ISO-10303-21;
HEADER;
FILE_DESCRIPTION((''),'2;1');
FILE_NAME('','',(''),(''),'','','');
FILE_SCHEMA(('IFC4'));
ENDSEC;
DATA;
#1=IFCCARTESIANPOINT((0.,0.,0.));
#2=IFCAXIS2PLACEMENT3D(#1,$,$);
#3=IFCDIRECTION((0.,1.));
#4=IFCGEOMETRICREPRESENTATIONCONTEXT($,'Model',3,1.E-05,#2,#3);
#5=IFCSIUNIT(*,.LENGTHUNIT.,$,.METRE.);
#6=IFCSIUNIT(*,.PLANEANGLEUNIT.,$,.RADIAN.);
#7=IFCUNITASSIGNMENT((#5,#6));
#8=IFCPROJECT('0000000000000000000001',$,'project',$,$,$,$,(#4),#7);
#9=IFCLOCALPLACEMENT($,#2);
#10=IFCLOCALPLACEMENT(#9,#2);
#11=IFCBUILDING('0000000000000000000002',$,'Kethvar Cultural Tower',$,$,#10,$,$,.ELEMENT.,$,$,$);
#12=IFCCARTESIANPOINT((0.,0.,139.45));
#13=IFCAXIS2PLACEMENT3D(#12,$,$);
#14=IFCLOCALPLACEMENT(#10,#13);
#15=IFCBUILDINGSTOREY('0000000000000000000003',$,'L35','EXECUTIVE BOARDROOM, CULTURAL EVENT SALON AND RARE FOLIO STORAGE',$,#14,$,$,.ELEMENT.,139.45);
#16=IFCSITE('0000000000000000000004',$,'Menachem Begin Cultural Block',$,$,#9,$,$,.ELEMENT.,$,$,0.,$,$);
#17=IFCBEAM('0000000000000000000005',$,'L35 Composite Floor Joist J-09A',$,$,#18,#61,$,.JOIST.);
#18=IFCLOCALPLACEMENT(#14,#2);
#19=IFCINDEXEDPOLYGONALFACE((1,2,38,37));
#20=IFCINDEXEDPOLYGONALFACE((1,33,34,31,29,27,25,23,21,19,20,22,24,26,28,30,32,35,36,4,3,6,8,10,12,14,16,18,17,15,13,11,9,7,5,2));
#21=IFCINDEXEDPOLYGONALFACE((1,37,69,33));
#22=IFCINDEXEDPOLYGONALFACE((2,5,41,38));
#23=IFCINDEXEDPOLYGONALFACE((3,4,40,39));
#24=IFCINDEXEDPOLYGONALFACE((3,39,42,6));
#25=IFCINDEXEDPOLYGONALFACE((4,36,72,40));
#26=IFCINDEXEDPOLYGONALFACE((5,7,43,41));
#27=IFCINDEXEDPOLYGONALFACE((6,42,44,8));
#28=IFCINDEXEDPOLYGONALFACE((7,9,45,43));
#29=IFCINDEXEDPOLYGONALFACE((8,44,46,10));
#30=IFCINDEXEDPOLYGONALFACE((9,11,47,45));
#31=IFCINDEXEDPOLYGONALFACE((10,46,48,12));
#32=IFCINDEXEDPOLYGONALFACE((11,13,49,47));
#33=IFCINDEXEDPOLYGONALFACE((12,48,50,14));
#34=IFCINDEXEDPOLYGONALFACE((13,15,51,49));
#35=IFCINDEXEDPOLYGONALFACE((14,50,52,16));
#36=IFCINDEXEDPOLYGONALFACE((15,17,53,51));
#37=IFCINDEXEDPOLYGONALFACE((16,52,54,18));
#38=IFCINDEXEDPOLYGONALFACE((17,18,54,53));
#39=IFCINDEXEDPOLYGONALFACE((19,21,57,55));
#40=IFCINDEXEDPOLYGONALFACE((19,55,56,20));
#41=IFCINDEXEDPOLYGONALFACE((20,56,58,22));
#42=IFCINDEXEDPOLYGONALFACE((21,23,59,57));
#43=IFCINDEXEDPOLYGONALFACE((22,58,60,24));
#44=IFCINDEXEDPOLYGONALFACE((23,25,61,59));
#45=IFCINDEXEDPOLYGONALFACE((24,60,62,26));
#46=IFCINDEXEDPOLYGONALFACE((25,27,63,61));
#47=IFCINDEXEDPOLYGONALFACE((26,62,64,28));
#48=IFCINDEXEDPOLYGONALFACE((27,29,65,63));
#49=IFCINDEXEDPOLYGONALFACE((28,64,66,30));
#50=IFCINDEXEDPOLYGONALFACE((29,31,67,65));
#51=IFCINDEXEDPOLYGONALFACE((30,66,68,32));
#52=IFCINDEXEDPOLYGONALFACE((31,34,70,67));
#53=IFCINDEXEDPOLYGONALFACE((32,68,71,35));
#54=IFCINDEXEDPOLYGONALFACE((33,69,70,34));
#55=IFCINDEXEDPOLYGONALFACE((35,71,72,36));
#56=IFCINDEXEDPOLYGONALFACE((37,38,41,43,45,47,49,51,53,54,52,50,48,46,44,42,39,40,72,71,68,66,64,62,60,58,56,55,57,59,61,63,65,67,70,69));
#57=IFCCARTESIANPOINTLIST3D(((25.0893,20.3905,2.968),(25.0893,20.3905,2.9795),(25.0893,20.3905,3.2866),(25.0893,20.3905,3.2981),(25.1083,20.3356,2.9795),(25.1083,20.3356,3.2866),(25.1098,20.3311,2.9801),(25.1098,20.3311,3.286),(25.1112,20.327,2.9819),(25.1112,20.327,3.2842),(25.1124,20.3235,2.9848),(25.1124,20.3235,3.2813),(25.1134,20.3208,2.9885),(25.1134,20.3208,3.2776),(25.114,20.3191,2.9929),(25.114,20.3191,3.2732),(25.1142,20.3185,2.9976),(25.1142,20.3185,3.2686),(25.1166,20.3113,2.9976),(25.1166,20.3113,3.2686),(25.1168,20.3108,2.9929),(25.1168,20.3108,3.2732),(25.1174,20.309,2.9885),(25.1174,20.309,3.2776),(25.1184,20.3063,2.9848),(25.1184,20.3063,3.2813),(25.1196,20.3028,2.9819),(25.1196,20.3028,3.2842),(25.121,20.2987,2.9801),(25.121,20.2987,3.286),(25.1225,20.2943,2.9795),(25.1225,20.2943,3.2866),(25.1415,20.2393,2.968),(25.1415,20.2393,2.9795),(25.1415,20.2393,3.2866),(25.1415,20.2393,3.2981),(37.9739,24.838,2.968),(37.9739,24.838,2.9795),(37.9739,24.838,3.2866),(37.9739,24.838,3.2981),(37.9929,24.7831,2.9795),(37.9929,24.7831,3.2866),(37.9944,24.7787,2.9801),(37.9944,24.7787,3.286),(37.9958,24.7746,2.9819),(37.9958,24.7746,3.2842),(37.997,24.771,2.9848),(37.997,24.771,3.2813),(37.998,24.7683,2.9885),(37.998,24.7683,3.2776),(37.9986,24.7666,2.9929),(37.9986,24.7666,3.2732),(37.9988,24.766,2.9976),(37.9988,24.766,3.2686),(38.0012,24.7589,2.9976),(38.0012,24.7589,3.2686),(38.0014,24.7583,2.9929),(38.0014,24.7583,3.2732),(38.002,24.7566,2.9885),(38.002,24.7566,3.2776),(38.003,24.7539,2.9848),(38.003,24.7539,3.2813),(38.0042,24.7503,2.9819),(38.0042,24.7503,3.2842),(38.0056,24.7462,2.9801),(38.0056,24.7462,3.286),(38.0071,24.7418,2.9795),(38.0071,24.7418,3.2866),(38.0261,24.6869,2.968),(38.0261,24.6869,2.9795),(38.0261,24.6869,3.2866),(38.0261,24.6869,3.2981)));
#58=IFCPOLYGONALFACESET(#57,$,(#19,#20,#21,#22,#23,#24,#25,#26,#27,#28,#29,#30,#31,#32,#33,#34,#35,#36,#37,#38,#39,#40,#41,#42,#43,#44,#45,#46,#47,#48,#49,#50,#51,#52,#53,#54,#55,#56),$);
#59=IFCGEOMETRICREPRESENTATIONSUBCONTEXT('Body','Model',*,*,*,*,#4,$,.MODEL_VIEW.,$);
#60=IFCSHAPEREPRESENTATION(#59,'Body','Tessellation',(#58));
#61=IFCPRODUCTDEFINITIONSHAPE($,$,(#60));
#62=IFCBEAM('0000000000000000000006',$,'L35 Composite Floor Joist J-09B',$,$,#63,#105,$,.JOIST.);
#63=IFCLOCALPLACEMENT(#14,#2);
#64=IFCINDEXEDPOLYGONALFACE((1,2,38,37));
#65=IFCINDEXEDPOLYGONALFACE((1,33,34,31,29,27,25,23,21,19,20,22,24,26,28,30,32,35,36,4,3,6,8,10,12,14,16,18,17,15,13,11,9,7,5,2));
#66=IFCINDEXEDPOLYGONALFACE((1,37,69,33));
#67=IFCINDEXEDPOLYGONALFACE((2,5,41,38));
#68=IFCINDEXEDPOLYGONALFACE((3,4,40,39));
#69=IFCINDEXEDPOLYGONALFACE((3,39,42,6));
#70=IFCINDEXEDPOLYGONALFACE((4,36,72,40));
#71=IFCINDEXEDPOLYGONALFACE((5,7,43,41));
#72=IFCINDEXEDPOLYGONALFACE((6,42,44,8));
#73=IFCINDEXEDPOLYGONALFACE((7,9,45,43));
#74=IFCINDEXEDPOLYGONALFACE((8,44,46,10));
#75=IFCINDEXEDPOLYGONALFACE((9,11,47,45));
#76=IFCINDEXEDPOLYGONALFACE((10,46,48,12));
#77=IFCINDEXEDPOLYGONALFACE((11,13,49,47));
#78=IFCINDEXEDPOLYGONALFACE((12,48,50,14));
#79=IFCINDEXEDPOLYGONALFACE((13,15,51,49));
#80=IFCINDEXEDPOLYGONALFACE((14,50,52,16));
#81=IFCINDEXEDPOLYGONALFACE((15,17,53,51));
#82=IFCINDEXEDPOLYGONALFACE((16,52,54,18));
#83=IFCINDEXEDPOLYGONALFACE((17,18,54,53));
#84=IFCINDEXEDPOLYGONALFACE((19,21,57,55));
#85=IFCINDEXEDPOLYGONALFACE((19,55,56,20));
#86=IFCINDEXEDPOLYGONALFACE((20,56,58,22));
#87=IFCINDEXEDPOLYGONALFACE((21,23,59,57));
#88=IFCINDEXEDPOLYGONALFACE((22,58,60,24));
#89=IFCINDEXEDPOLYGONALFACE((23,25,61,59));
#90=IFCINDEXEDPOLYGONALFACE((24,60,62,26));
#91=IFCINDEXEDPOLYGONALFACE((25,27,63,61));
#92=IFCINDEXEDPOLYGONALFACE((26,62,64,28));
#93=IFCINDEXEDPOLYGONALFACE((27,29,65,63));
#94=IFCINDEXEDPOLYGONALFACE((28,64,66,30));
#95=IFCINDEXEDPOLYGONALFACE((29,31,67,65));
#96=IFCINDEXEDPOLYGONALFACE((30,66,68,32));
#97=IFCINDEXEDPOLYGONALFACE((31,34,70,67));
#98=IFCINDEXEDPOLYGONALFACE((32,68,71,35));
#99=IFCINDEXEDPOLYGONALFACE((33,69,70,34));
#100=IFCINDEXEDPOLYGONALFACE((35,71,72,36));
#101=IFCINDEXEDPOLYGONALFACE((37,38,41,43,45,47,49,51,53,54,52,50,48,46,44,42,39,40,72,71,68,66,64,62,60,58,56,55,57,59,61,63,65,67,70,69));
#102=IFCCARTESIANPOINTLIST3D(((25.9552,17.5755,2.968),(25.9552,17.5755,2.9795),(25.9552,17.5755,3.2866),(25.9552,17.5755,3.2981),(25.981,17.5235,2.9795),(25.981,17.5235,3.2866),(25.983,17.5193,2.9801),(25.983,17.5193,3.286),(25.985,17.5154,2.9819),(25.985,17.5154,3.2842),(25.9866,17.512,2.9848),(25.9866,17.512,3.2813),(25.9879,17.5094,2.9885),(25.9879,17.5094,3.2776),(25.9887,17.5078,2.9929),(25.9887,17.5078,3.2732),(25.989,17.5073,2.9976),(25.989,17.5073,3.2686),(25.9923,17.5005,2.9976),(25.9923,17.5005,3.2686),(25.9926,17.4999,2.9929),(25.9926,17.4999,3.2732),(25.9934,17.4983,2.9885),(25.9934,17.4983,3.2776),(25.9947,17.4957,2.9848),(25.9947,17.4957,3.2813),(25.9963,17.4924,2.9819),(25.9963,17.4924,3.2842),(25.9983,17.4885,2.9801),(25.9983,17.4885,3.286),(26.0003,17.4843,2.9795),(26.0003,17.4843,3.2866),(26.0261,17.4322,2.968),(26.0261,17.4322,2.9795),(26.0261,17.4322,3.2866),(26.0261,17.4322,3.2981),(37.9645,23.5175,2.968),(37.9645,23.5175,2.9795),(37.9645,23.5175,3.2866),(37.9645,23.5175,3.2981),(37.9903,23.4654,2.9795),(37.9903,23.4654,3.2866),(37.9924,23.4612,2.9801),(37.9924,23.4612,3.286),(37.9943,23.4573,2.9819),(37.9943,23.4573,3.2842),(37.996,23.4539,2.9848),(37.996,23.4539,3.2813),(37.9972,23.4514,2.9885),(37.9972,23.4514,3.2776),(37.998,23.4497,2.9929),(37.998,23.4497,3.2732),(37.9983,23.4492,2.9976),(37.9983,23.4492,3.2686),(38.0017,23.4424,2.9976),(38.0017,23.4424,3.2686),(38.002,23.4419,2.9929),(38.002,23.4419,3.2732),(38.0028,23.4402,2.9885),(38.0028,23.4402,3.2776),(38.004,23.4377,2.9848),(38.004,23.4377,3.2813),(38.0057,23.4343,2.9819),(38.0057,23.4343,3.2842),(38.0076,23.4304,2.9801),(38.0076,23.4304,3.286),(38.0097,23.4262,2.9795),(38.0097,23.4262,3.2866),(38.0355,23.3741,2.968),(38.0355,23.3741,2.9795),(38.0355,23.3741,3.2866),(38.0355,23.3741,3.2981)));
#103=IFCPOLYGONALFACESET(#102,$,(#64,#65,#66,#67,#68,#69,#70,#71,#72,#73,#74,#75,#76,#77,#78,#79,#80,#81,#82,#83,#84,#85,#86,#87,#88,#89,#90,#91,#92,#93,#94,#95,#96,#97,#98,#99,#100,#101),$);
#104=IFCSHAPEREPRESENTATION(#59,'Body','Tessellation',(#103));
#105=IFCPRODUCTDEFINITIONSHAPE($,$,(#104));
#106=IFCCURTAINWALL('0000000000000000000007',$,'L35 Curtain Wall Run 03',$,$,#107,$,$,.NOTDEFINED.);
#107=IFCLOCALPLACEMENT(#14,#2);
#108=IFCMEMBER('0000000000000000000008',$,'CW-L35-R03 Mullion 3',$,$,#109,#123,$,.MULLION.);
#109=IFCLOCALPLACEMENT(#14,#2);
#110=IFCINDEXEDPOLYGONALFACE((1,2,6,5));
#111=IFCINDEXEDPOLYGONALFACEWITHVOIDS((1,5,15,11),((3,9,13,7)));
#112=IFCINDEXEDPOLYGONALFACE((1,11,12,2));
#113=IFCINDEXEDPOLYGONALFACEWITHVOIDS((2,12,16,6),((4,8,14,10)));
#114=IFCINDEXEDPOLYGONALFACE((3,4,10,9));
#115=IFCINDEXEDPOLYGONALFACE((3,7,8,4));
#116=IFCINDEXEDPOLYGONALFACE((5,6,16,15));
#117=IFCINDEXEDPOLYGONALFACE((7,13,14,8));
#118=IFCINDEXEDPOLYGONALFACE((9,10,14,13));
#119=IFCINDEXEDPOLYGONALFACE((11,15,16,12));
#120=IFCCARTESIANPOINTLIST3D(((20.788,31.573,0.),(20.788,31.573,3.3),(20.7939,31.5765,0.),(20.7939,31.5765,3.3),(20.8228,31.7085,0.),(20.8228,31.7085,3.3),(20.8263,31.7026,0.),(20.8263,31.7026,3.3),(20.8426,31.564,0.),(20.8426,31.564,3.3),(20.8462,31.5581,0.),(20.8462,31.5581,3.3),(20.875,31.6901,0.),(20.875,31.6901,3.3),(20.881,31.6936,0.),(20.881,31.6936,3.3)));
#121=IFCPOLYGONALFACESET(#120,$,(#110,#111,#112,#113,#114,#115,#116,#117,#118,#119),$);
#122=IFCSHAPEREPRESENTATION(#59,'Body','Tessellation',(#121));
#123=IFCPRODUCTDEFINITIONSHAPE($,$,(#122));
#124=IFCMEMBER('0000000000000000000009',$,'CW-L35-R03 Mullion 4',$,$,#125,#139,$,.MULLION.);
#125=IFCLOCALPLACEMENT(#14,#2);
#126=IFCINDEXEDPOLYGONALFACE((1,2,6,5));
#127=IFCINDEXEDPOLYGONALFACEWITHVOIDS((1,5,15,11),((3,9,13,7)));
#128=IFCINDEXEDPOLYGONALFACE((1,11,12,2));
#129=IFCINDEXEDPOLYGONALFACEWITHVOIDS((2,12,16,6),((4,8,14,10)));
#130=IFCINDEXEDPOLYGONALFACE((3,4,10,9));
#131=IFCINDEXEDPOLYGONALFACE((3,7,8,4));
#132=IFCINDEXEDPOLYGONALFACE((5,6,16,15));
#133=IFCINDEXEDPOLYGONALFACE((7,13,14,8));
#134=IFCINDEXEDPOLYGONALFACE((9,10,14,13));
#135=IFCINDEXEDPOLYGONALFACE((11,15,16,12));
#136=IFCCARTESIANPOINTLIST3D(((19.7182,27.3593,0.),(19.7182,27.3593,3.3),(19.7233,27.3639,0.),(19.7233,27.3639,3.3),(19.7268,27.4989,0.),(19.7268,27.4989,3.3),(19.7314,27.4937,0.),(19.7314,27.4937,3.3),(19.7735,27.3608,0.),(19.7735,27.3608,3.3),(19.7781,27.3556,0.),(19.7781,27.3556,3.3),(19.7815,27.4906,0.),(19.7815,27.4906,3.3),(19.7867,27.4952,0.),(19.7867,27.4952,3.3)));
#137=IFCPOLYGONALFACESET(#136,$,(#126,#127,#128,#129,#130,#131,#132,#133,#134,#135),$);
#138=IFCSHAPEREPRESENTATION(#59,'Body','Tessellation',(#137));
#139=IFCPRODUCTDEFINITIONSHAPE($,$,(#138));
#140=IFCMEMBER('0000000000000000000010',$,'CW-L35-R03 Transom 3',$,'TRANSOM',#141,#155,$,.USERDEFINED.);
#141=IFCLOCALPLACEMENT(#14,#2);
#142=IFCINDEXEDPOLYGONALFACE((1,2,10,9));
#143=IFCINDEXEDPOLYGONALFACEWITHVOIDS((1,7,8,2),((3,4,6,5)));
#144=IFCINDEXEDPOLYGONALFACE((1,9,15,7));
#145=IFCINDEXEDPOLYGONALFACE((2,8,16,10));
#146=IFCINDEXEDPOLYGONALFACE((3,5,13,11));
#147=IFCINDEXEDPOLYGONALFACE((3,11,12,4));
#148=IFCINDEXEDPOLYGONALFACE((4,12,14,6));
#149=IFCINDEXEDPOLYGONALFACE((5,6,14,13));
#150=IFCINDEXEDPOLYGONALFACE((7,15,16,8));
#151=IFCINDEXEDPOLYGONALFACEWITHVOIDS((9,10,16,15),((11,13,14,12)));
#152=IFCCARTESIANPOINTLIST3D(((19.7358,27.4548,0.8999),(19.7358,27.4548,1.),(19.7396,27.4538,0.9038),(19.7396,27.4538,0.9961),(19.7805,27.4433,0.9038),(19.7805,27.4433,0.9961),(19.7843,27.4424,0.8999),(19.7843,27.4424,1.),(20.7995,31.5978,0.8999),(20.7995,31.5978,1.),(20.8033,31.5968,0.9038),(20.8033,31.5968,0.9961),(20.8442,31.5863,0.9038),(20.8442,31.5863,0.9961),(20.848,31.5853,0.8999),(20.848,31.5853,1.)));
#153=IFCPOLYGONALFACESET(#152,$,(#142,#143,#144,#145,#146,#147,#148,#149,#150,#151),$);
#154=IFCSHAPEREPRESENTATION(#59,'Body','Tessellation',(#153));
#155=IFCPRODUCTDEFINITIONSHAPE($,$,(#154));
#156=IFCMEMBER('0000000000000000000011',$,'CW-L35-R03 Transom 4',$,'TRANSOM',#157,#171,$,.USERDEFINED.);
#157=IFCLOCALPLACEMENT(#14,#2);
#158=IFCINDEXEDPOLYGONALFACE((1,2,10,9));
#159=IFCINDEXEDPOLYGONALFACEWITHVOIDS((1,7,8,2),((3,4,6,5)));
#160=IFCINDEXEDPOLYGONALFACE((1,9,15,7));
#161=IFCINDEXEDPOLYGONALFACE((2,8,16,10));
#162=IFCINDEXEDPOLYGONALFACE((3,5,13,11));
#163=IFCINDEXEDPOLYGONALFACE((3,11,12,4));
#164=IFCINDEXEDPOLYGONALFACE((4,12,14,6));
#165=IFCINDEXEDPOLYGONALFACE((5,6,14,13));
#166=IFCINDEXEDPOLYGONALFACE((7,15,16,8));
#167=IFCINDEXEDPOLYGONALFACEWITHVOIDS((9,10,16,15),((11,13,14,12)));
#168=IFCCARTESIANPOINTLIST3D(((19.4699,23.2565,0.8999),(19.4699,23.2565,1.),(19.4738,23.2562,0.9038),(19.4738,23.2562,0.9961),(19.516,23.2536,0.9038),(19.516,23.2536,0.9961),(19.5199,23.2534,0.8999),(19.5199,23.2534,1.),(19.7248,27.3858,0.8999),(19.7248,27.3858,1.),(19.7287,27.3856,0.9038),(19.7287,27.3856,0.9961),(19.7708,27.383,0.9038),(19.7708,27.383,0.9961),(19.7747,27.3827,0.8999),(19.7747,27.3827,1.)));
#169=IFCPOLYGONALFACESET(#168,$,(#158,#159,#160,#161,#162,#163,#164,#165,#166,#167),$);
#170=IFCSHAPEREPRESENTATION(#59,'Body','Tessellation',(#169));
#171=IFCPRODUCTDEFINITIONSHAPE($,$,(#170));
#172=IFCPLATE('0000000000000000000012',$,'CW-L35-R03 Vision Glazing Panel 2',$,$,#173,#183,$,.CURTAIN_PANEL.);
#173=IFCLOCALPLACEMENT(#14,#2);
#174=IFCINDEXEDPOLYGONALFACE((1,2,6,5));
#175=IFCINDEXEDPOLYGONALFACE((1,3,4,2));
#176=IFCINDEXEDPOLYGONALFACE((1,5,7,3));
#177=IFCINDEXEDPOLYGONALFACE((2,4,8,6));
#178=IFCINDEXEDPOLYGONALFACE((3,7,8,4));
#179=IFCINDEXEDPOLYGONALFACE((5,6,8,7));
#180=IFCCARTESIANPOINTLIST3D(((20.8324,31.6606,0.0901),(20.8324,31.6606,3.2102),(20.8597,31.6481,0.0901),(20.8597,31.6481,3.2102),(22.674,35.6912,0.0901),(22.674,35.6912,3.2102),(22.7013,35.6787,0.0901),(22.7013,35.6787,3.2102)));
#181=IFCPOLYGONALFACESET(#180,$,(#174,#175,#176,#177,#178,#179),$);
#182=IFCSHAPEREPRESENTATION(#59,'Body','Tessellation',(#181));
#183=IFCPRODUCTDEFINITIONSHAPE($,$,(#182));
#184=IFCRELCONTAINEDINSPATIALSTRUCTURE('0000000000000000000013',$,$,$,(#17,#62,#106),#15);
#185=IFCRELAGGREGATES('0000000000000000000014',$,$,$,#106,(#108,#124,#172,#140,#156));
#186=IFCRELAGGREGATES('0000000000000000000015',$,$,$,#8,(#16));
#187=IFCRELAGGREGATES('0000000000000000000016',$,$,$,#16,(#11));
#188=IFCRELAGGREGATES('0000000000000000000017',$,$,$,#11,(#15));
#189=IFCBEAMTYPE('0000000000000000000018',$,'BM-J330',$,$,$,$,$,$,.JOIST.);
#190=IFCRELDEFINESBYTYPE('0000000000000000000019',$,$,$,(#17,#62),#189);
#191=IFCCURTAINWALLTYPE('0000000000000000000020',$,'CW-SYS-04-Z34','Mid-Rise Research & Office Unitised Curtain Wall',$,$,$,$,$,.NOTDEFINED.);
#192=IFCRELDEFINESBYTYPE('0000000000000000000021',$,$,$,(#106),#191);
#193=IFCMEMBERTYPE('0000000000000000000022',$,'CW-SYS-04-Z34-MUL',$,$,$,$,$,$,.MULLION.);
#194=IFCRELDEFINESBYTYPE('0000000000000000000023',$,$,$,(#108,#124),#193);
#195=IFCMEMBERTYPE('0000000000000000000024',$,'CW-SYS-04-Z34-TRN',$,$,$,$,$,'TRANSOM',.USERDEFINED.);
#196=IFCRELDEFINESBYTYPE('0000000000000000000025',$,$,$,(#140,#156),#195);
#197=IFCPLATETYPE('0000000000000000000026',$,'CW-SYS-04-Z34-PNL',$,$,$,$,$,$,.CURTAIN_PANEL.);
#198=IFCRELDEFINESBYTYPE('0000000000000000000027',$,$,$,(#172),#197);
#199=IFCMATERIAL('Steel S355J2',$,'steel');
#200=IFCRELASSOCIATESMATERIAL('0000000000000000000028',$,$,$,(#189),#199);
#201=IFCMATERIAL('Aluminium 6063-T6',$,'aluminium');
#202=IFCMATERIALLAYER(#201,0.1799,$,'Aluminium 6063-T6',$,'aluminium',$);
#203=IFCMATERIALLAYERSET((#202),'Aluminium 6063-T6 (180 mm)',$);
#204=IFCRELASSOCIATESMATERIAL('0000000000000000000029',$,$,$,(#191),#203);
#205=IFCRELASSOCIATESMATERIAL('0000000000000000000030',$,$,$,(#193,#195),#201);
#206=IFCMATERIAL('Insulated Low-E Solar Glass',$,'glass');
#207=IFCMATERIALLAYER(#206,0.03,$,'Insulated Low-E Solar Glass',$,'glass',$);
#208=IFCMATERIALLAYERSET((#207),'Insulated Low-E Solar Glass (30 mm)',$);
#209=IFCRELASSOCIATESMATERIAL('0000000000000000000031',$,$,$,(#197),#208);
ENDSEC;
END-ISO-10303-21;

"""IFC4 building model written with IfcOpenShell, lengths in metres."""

from ifc_helpers import new_model, si_unit, direction, frame, origin, origin_2d, place, context, subcontext, project, spatial, rectangle, hollow_rectangle, i_section, extrude, source, transform, mapped, material, layer, layer_set, material_profile, profile_set, type_object, element, aggregate, save


model = new_model("IFC4")

# Units and contexts
model_context = context("Model", 3, precision=1e-05, world=origin(), true_north=direction((0.0, 1.0)))
body_context = subcontext(model_context, "Body", "Model", "MODEL_VIEW")
ifc_project = project(units=[si_unit("LENGTHUNIT", "METRE"), si_unit("PLANEANGLEUNIT", "RADIAN")], contexts=[model_context])

# Site, building, storey
site_placement = place(None, origin())
site = spatial("IfcSite", under=ifc_project, at=site_placement, Name="Menachem Begin Cultural Block", CompositionType="ELEMENT", RefElevation=0.0)
building_placement = place(site_placement, origin())
building = spatial("IfcBuilding", under=site, at=building_placement, Name="Kethvar Cultural Tower", CompositionType="ELEMENT")
storey_placement = place(building_placement, frame((0.0, 0.0, 139.45)))
storey = spatial("IfcBuildingStorey", under=building, at=storey_placement, Name="L35", Description="EXECUTIVE BOARDROOM, CULTURAL EVENT SALON AND RARE FOLIO STORAGE", CompositionType="ELEMENT", Elevation=139.45)

# Beams
ifc_material_1 = material(Name="Steel S355J2", Category="steel")
ifc_material_profile_1 = material_profile(ifc_material_1, i_section(OverallWidth=0.1599, OverallDepth=0.3301, WebThickness=0.0076, FlangeThickness=0.0115, FilletRadius=0.0181, at=origin_2d()), Name="Steel S355J2 — IPE330")
ifc_profile_set_1 = profile_set([ifc_material_profile_1], Name="Steel S355J2 — IPE330")
beam_type_1 = type_object("IfcBeamType", Name="BM-J330", PredefinedType="JOIST", material=ifc_profile_set_1)
shared_shape_1 = source(origin(), body_context, "Body", "SweptSolid", [
    extrude(i_section(OverallWidth=0.1599, OverallDepth=0.3301, WebThickness=0.0076, FlangeThickness=0.0115, FilletRadius=0.0181, at=origin_2d()), origin(), (0.0, 0.0, 1.0), 13.6306),
])
beam_1_placement = place(storey_placement, frame((38.0, 24.7625, 3.1331), z_axis=(-0.94527, -0.32629, 0.0), x_axis=(0.32629, -0.94527, 0.0)))
element("IfcBeam", 1, at=beam_1_placement, inside=storey, type_object=beam_type_1, Name="L35 Composite Floor Joist J-09A", PredefinedType="JOIST", context=body_context, shape_type="MappedRepresentation", body=[
    mapped(shared_shape_1, transform((0.0, 0.0, 0.0), scale=1.0)),
])
shared_shape_2 = source(origin(), body_context, "Body", "SweptSolid", [
    extrude(i_section(OverallWidth=0.1599, OverallDepth=0.3301, WebThickness=0.0076, FlangeThickness=0.0115, FilletRadius=0.0181, at=origin_2d()), origin(), (0.0, 0.0, 1.0), 13.3989),
])
beam_2_placement = place(storey_placement, frame((38.0, 23.4458, 3.1331), z_axis=(-0.896292, -0.443463, 0.0), x_axis=(0.443463, -0.896292, 0.0)))
element("IfcBeam", 2, at=beam_2_placement, inside=storey, type_object=beam_type_1, Name="L35 Composite Floor Joist J-09B", PredefinedType="JOIST", context=body_context, shape_type="MappedRepresentation", body=[
    mapped(shared_shape_2, transform((0.0, 0.0, 0.0), scale=1.0)),
])

# Curtain wall, members, plate
ifc_material_2 = material(Name="Aluminium 6063-T6", Category="aluminium")
ifc_layer_1 = layer(ifc_material_2, 0.1799, Name="Aluminium 6063-T6", Category="aluminium")
ifc_layer_set_1 = layer_set([ifc_layer_1], Name="Aluminium 6063-T6 (180 mm)")
curtain_wall_type = type_object("IfcCurtainWallType", Name="CW-SYS-04-Z34", Description="Mid-Rise Research & Office Unitised Curtain Wall", PredefinedType="NOTDEFINED", material=ifc_layer_set_1)
curtain_wall_placement = place(storey_placement, origin())
curtain_wall = element("IfcCurtainWall", 3, at=curtain_wall_placement, inside=storey, type_object=curtain_wall_type, Name="L35 Curtain Wall Run 03", PredefinedType="NOTDEFINED")
ifc_material_profile_2 = material_profile(ifc_material_2, hollow_rectangle(XDim=0.0601, YDim=0.1399, WallThickness=0.0049, at=origin_2d()), Name="Aluminium 6063-T6 — RHS140x60x5")
ifc_profile_set_2 = profile_set([ifc_material_profile_2], Name="Aluminium 6063-T6 — RHS140x60x5")
member_type_1 = type_object("IfcMemberType", Name="CW-SYS-04-Z34-MUL", PredefinedType="MULLION", material=ifc_profile_set_2)
shared_shape_3 = source(origin(), body_context, "Body", "SweptSolid", [
    extrude(hollow_rectangle(XDim=0.0601, YDim=0.1399, WallThickness=0.0049, at=origin_2d()), origin(), (0.0, 0.0, 1.0), 3.3),
])
member_1_placement = place(storey_placement, frame((20.8345, 31.6333, 0.0), z_axis=(0.0, 0.0, 1.0), x_axis=(0.968574, -0.248724, 0.0)))
member_1 = element("IfcMember", 4, at=member_1_placement, type_object=member_type_1, Name="CW-L35-R03 Mullion 3", PredefinedType="MULLION", context=body_context, shape_type="MappedRepresentation", body=[
    mapped(shared_shape_3, transform((0.0, 0.0, 0.0), scale=1.0)),
])
member_2_placement = place(storey_placement, frame((19.7524, 27.4272, 0.0), z_axis=(0.0, 0.0, 1.0), x_axis=(0.998101, -0.061606, 0.0)))
member_2 = element("IfcMember", 5, at=member_2_placement, type_object=member_type_1, Name="CW-L35-R03 Mullion 4", PredefinedType="MULLION", context=body_context, shape_type="MappedRepresentation", body=[
    mapped(shared_shape_3, transform((0.0, 0.0, 0.0), scale=1.0)),
])
ifc_material_profile_3 = material_profile(ifc_material_2, hollow_rectangle(XDim=0.05, YDim=0.1001, WallThickness=0.0039, at=origin_2d()), Name="Aluminium 6063-T6 — RHS100x50x4")
ifc_profile_set_3 = profile_set([ifc_material_profile_3], Name="Aluminium 6063-T6 — RHS100x50x4")
member_type_2 = type_object("IfcMemberType", Name="CW-SYS-04-Z34-TRN", ElementType="TRANSOM", PredefinedType="USERDEFINED", material=ifc_profile_set_3)
shared_shape_4 = source(origin(), body_context, "Body", "SweptSolid", [
    extrude(hollow_rectangle(XDim=0.05, YDim=0.1001, WallThickness=0.0039, at=origin_2d()), origin(), (0.0, 0.0, 1.0), 4.2773),
])
member_3_placement = place(storey_placement, frame((20.8237, 31.5916, 0.95), z_axis=(-0.248682, -0.968585, 0.0), x_axis=(0.968585, -0.248682, 0.0)))
member_3 = element("IfcMember", 6, at=member_3_placement, type_object=member_type_2, Name="CW-L35-R03 Transom 3", ObjectType="TRANSOM", PredefinedType="USERDEFINED", context=body_context, shape_type="MappedRepresentation", body=[
    mapped(shared_shape_4, transform((0.0, 0.0, 0.0), scale=1.0)),
])
shared_shape_5 = source(origin(), body_context, "Body", "SweptSolid", [
    extrude(hollow_rectangle(XDim=0.05, YDim=0.1001, WallThickness=0.0039, at=origin_2d()), origin(), (0.0, 0.0, 1.0), 4.1372),
])
member_4_placement = place(storey_placement, frame((19.7498, 27.3843, 0.95), z_axis=(-0.061607, -0.9981, 0.0), x_axis=(0.9981, -0.061607, 0.0)))
member_4 = element("IfcMember", 7, at=member_4_placement, type_object=member_type_2, Name="CW-L35-R03 Transom 4", ObjectType="TRANSOM", PredefinedType="USERDEFINED", context=body_context, shape_type="MappedRepresentation", body=[
    mapped(shared_shape_5, transform((0.0, 0.0, 0.0), scale=1.0)),
])
ifc_material_3 = material(Name="Insulated Low-E Solar Glass", Category="glass")
ifc_layer_2 = layer(ifc_material_3, 0.03, Name="Insulated Low-E Solar Glass", Category="glass")
ifc_layer_set_2 = layer_set([ifc_layer_2], Name="Insulated Low-E Solar Glass (30 mm)")
plate_type = type_object("IfcPlateType", Name="CW-SYS-04-Z34-PNL", PredefinedType="CURTAIN_PANEL", material=ifc_layer_set_2)
shared_shape_6 = source(origin(), body_context, "Body", "SweptSolid", [
    extrude(rectangle(XDim=4.4314, YDim=0.03, at=origin_2d()), origin(), (0.0, 0.0, 1.0), 3.1201),
])
plate_1_placement = place(storey_placement, frame((21.7668, 33.6697, 0.0901), z_axis=(0.0, 0.0, 1.0), x_axis=(-0.415582, -0.909556, 0.0)))
plate_1 = element("IfcPlate", 8, at=plate_1_placement, type_object=plate_type, Name="CW-L35-R03 Vision Glazing Panel 2", PredefinedType="CURTAIN_PANEL", context=body_context, shape_type="MappedRepresentation", body=[
    mapped(shared_shape_6, transform((0.0, 0.0, 0.0), scale=1.0)),
])
aggregate(curtain_wall, [member_1, member_2, plate_1, member_3, member_4])

save(model, "model.ifc")
